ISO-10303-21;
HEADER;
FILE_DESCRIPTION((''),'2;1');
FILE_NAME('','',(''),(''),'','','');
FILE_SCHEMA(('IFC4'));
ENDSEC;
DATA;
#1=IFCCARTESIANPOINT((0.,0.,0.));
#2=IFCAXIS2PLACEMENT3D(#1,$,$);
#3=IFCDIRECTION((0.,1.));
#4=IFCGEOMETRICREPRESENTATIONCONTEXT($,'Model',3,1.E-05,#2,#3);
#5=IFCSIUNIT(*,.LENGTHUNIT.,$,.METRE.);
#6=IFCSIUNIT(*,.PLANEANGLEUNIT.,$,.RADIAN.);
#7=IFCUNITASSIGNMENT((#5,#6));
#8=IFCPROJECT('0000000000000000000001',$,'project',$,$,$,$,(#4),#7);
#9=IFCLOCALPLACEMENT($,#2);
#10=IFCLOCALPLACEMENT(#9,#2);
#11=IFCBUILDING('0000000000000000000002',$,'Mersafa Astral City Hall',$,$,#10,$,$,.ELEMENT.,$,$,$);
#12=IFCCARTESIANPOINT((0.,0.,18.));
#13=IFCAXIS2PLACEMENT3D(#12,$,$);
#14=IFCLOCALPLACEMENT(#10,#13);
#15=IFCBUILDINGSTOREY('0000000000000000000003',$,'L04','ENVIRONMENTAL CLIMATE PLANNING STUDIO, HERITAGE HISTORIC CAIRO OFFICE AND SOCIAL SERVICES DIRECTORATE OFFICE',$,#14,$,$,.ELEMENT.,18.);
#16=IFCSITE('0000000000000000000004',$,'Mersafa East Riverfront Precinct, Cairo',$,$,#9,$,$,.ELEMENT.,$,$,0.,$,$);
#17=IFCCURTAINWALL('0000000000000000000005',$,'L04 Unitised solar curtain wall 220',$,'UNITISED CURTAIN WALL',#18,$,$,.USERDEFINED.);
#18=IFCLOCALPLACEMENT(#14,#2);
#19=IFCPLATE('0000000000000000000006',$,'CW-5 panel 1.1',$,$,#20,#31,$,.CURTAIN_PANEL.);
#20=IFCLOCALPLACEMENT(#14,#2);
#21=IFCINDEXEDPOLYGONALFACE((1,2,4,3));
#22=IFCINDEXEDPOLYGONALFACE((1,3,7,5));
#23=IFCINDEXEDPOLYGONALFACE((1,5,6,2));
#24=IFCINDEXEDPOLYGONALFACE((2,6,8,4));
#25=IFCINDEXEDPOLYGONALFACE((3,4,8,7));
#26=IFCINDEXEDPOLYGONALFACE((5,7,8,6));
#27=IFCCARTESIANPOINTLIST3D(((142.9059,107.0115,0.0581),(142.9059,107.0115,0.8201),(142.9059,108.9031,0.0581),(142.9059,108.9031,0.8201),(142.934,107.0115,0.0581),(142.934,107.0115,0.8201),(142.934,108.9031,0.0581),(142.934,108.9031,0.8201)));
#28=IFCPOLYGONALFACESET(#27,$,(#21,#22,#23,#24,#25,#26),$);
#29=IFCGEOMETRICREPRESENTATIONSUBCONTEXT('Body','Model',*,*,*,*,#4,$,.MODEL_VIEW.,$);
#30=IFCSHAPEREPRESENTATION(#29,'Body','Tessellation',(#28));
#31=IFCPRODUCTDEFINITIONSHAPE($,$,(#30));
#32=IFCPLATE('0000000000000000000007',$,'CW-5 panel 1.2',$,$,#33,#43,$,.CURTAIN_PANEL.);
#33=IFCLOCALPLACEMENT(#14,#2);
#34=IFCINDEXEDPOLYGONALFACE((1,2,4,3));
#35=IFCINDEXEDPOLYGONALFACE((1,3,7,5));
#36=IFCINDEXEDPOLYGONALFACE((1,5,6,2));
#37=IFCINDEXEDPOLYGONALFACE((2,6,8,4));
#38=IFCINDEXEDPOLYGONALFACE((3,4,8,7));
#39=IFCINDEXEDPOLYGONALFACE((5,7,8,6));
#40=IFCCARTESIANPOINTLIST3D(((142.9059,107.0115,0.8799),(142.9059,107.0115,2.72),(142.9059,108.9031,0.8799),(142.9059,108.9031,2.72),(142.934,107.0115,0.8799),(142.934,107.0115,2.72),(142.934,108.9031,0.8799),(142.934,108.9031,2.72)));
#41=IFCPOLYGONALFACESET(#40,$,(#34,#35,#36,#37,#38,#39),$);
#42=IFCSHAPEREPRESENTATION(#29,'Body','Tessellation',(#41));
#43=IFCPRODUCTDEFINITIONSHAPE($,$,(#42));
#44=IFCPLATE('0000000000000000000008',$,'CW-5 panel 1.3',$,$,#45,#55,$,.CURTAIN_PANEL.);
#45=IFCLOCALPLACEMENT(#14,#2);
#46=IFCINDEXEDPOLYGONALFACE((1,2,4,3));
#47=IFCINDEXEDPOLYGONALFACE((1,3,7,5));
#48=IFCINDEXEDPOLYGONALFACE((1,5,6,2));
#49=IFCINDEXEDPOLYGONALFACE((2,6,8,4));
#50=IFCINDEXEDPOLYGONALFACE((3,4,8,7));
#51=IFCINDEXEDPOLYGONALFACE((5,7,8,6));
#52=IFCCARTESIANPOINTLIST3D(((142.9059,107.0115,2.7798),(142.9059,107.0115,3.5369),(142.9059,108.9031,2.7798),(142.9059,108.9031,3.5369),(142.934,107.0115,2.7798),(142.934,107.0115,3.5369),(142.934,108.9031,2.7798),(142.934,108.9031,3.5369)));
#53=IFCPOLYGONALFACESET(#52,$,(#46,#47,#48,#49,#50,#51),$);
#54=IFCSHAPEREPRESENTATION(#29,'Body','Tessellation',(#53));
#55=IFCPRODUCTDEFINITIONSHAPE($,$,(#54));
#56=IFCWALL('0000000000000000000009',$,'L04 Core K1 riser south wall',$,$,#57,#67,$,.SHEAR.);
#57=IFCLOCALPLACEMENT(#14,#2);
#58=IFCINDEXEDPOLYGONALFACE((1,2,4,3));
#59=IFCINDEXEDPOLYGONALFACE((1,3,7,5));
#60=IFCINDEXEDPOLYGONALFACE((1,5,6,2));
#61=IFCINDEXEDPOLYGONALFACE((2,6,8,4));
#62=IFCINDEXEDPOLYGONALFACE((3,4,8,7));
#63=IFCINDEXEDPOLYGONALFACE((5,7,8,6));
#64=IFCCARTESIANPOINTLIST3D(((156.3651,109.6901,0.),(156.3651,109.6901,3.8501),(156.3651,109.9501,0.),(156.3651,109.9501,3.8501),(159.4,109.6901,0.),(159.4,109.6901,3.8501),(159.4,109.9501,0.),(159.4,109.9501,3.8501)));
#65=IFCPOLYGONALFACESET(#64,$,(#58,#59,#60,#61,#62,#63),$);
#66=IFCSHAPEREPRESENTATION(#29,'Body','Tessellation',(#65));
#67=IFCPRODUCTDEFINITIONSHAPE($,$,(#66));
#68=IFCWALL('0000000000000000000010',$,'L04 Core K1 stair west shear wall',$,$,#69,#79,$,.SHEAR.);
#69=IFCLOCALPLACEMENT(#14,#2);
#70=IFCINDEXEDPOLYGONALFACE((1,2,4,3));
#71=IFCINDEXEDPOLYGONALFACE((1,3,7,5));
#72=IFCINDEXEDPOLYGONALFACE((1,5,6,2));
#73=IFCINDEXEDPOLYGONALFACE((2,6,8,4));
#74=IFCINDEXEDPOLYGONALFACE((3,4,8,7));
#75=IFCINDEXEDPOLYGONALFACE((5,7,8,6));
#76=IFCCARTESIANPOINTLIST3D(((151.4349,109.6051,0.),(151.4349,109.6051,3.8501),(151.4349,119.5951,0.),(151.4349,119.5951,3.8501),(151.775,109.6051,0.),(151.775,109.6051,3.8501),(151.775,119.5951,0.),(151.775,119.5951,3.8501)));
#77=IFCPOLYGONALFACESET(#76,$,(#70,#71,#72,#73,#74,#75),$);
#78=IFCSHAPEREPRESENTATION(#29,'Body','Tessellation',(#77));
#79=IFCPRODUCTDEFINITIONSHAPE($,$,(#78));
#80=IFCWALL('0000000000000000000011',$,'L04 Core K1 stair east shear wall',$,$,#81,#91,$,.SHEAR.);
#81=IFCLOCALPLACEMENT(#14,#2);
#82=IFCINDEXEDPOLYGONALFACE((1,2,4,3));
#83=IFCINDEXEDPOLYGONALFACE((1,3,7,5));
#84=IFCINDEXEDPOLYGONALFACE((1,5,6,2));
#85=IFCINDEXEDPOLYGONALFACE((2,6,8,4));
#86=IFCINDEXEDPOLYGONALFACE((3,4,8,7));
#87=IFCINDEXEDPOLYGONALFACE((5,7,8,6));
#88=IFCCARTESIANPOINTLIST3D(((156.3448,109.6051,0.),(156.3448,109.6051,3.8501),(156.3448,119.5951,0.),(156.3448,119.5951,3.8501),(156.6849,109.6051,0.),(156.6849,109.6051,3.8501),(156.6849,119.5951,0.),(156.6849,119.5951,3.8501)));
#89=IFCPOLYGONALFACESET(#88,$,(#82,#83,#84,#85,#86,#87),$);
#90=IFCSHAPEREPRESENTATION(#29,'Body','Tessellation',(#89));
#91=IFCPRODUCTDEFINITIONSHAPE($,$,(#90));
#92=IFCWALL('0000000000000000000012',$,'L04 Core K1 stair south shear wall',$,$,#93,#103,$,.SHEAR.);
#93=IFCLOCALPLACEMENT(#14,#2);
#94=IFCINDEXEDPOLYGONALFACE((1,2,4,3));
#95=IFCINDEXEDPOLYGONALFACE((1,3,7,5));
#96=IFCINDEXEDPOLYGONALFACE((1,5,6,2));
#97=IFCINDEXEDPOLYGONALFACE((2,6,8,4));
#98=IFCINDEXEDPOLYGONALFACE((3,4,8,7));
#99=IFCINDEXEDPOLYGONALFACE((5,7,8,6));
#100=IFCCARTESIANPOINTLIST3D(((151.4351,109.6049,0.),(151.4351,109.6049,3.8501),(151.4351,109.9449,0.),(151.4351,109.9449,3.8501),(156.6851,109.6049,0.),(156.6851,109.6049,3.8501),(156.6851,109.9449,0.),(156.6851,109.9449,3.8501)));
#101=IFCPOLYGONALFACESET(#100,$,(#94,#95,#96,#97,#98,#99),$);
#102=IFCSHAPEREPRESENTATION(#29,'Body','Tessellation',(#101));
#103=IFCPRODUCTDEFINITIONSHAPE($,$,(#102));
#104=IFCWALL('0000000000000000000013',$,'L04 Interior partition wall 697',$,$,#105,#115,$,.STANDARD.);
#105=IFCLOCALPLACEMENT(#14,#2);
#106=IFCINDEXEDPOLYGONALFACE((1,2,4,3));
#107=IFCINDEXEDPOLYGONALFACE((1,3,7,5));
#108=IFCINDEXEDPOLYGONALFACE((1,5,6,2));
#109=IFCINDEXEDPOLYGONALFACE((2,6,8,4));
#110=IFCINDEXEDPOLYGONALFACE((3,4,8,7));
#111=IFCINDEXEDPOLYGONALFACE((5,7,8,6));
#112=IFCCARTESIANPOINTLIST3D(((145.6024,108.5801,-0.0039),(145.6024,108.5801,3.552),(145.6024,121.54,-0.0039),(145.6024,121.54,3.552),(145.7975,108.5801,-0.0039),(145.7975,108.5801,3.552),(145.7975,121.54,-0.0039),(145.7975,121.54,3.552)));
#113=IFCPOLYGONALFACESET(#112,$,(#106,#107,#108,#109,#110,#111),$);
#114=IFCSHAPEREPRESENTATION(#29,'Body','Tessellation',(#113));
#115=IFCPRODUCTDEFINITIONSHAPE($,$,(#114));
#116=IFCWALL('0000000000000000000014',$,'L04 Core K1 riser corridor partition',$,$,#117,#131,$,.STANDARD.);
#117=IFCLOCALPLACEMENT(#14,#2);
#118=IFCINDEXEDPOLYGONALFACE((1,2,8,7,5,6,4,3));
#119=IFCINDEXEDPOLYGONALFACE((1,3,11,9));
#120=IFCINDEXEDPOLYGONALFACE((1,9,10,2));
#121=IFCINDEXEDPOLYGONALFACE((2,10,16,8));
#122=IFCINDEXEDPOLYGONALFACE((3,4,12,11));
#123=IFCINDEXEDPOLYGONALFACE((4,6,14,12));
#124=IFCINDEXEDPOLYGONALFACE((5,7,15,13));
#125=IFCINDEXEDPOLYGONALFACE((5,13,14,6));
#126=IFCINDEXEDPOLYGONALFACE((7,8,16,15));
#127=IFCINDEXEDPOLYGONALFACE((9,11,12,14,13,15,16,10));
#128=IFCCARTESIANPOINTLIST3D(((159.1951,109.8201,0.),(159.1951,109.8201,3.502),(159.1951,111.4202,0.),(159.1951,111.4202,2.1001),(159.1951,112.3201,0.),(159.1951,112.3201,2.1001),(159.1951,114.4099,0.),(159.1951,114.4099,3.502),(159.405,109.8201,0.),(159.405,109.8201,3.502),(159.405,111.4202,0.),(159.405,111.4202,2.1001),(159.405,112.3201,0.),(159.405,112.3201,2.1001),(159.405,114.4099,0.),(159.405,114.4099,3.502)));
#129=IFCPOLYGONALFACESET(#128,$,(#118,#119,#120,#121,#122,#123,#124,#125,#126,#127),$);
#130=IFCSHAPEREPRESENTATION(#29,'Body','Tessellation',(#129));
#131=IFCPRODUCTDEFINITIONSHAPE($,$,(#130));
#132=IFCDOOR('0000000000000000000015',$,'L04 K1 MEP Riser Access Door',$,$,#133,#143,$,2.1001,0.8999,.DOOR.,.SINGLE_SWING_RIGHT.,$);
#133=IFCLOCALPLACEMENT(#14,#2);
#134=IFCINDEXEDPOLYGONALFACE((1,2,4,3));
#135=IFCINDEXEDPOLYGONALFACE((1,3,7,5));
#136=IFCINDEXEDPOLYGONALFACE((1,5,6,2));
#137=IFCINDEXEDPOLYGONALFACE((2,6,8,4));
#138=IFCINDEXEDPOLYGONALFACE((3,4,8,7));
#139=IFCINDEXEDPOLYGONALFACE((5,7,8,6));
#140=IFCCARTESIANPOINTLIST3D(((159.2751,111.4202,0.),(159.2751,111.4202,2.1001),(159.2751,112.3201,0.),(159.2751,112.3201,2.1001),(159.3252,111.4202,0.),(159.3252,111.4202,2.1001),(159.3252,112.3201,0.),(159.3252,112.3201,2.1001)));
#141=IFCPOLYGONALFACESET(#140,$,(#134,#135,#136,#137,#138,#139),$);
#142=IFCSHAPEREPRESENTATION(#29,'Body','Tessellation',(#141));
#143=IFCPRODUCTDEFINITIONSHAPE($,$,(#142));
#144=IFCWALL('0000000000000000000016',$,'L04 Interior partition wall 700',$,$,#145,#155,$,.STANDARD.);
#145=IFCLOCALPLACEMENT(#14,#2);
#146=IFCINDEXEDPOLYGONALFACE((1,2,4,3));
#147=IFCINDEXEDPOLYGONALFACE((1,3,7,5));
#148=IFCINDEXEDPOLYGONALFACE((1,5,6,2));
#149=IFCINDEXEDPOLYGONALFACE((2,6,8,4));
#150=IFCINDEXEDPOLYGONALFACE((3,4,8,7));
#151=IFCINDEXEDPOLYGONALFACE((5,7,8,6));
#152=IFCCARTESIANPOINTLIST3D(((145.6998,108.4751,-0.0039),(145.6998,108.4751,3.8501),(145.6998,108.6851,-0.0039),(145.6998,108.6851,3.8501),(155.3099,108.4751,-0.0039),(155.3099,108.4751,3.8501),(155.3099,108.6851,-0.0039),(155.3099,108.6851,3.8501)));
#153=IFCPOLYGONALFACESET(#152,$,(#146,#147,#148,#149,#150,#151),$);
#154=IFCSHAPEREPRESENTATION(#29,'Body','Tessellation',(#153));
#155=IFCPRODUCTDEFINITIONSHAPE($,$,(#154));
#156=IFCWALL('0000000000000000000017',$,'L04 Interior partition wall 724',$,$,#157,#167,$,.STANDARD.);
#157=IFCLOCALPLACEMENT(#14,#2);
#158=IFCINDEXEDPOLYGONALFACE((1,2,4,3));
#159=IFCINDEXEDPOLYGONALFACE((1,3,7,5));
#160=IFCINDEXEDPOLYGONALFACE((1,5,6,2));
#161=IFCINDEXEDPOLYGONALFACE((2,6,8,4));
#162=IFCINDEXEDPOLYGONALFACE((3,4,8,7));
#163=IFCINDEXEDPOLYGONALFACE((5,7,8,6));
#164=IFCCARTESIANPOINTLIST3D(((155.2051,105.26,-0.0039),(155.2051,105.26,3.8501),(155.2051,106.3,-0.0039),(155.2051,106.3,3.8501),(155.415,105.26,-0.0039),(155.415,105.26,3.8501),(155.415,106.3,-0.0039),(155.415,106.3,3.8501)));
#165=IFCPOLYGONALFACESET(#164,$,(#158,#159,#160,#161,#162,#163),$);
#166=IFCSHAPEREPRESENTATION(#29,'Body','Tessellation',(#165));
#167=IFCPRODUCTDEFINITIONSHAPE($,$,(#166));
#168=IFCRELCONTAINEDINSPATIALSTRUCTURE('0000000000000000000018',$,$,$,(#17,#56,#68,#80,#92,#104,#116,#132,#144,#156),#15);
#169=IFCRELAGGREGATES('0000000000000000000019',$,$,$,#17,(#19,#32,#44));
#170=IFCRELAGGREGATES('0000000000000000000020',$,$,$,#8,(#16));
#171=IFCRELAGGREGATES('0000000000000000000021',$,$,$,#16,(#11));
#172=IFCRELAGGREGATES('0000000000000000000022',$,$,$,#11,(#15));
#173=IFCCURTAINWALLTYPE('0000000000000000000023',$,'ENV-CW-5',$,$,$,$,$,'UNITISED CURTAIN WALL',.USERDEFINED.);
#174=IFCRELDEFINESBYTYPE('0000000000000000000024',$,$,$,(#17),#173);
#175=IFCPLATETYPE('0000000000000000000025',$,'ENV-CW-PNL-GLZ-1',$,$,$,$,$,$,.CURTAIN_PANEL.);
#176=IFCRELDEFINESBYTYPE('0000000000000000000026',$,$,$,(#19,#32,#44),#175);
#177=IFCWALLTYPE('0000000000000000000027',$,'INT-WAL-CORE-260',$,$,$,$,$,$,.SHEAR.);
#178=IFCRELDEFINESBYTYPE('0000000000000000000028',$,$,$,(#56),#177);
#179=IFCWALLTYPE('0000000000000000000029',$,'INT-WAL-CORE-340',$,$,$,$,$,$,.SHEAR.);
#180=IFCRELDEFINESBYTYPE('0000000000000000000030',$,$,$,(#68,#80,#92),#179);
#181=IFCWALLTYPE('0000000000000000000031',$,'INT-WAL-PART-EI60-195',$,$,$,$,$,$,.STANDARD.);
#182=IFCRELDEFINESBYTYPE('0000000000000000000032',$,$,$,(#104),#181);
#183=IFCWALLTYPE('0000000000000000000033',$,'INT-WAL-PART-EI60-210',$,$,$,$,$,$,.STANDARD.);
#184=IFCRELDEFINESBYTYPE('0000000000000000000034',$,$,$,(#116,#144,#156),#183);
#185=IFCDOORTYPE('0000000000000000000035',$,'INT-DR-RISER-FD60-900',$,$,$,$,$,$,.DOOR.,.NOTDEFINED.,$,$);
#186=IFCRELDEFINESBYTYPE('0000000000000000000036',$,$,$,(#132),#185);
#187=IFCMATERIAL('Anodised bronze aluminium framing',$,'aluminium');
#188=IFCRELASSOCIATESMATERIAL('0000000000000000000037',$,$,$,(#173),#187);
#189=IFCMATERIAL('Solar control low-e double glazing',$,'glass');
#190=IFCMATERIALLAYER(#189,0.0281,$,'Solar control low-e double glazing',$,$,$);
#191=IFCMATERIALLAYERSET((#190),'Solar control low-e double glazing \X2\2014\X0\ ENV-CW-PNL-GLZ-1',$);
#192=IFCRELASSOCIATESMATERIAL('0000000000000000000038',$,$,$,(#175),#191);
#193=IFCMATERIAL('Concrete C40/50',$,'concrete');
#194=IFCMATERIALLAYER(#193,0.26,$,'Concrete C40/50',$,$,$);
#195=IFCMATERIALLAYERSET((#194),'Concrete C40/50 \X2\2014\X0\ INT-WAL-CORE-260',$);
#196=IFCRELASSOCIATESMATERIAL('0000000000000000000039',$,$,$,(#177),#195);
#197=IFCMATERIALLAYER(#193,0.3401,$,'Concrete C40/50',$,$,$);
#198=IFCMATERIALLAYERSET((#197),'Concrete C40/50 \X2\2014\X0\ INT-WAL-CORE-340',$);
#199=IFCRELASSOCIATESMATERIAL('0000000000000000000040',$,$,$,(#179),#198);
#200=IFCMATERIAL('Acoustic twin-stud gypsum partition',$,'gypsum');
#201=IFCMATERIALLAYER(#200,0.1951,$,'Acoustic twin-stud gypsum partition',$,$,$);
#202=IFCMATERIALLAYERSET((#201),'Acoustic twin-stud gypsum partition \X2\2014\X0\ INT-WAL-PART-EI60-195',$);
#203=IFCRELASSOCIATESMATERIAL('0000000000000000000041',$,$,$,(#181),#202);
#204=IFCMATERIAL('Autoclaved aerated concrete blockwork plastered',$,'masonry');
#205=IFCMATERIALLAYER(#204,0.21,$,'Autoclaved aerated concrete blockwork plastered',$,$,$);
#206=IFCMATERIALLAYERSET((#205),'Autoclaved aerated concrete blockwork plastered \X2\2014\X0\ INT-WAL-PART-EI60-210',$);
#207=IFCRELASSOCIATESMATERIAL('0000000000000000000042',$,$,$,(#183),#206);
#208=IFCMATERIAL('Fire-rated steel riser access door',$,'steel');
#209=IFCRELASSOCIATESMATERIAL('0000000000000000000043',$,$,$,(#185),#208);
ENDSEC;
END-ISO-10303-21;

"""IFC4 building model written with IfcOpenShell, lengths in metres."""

from ifc_helpers import new_model, si_unit, direction, frame, frame_2d, origin, origin_2d, place, context, subcontext, project, spatial, rectangle, extrude, material, layer, layer_set, type_object, element, fill, aggregate, save


model = new_model("IFC4")

# Units and contexts
model_context = context("Model", 3, precision=1e-05, world=origin(), true_north=direction((0.0, 1.0)))
body_context = subcontext(model_context, "Body", "Model", "MODEL_VIEW")
ifc_project = project(units=[si_unit("LENGTHUNIT", "METRE"), si_unit("PLANEANGLEUNIT", "RADIAN")], contexts=[model_context])

# Site, building, storey
site_placement = place(None, origin())
site = spatial("IfcSite", under=ifc_project, at=site_placement, Name="Mersafa East Riverfront Precinct, Cairo", CompositionType="ELEMENT", RefElevation=0.0)
building_placement = place(site_placement, origin())
building = spatial("IfcBuilding", under=site, at=building_placement, Name="Mersafa Astral City Hall", CompositionType="ELEMENT")
storey_placement = place(building_placement, frame((0.0, 0.0, 18.0)))
storey = spatial("IfcBuildingStorey", under=building, at=storey_placement, Name="L04", Description="ENVIRONMENTAL CLIMATE PLANNING STUDIO, HERITAGE HISTORIC CAIRO OFFICE AND SOCIAL SERVICES DIRECTORATE OFFICE", CompositionType="ELEMENT", Elevation=18.0)

# Curtain wall
ifc_material_1 = material(Name="Anodised bronze aluminium framing", Category="aluminium")
curtain_wall_type = type_object("IfcCurtainWallType", Name="ENV-CW-5", ElementType="UNITISED CURTAIN WALL", PredefinedType="USERDEFINED", material=ifc_material_1)
curtain_wall_placement = place(storey_placement, origin())
curtain_wall = element("IfcCurtainWall", 1, at=curtain_wall_placement, inside=storey, type_object=curtain_wall_type, Name="L04 Unitised solar curtain wall 220", ObjectType="UNITISED CURTAIN WALL", PredefinedType="USERDEFINED")

# Plates
ifc_material_2 = material(Name="Solar control low-e double glazing", Category="glass")
ifc_layer_1 = layer(ifc_material_2, 0.0281, Name="Solar control low-e double glazing")
ifc_layer_set_1 = layer_set([ifc_layer_1], Name="Solar control low-e double glazing — ENV-CW-PNL-GLZ-1")
plate_type = type_object("IfcPlateType", Name="ENV-CW-PNL-GLZ-1", PredefinedType="CURTAIN_PANEL", material=ifc_layer_set_1)
plate_1_placement = place(storey_placement, frame((142.9199, 107.9573, 0.0581), z_axis=(0.0, 0.0, 1.0), x_axis=(0.0, -1.0, 0.0)))
plate_1 = element("IfcPlate", 2, at=plate_1_placement, type_object=plate_type, Name="CW-5 panel 1.1", PredefinedType="CURTAIN_PANEL", context=body_context, shape_type="SweptSolid", body=[
    extrude(rectangle(XDim=1.8916, YDim=0.0281, at=origin_2d()), origin(), (0.0, 0.0, 1.0), 0.762),
])
plate_2_placement = place(storey_placement, frame((142.9199, 107.9573, 0.8799), z_axis=(0.0, 0.0, 1.0), x_axis=(0.0, -1.0, 0.0)))
plate_2 = element("IfcPlate", 3, at=plate_2_placement, type_object=plate_type, Name="CW-5 panel 1.2", PredefinedType="CURTAIN_PANEL", context=body_context, shape_type="SweptSolid", body=[
    extrude(rectangle(XDim=1.8916, YDim=0.0281, at=origin_2d()), origin(), (0.0, 0.0, 1.0), 1.8401),
])
plate_3_placement = place(storey_placement, frame((142.9199, 107.9573, 2.7798), z_axis=(0.0, 0.0, 1.0), x_axis=(0.0, -1.0, 0.0)))
plate_3 = element("IfcPlate", 4, at=plate_3_placement, type_object=plate_type, Name="CW-5 panel 1.3", PredefinedType="CURTAIN_PANEL", context=body_context, shape_type="SweptSolid", body=[
    extrude(rectangle(XDim=1.8916, YDim=0.0281, at=origin_2d()), origin(), (0.0, 0.0, 1.0), 0.7571),
])
aggregate(curtain_wall, [plate_1, plate_2, plate_3])

# Walls
ifc_material_3 = material(Name="Concrete C40/50", Category="concrete")
ifc_layer_2 = layer(ifc_material_3, 0.26, Name="Concrete C40/50")
ifc_layer_set_2 = layer_set([ifc_layer_2], Name="Concrete C40/50 — INT-WAL-CORE-260")
wall_type_1 = type_object("IfcWallType", Name="INT-WAL-CORE-260", PredefinedType="SHEAR", material=ifc_layer_set_2)
wall_1_placement = place(storey_placement, frame((156.365, 109.8201, 0.0), z_axis=(0.0, 0.0, 1.0), x_axis=(1.0, 0.0, 0.0)))
element("IfcWall", 5, at=wall_1_placement, inside=storey, type_object=wall_type_1, Name="L04 Core K1 riser south wall", PredefinedType="SHEAR", context=body_context, shape_type="SweptSolid", body=[
    extrude(rectangle(XDim=3.0349, YDim=0.26, at=frame_2d((1.5176, 0.0))), origin(), (0.0, 0.0, 1.0), 3.8501),
])
ifc_layer_3 = layer(ifc_material_3, 0.3401, Name="Concrete C40/50")
ifc_layer_set_3 = layer_set([ifc_layer_3], Name="Concrete C40/50 — INT-WAL-CORE-340")
wall_type_2 = type_object("IfcWallType", Name="INT-WAL-CORE-340", PredefinedType="SHEAR", material=ifc_layer_set_3)
for number, where, z_axis, x_axis, name in (
    (6, (151.605, 109.605, 0.0), (0.0, 0.0, 1.0), (0.0, 1.0, 0.0), "L04 Core K1 stair west shear wall"),
    (7, (156.5149, 109.605, 0.0), (0.0, 0.0, 1.0), (0.0, 1.0, 0.0), "L04 Core K1 stair east shear wall"),
):
    element("IfcWall", number, at=place(storey_placement, frame(where, z_axis=z_axis, x_axis=x_axis)), inside=storey, type_object=wall_type_2, Name=name, PredefinedType="SHEAR", context=body_context, shape_type="SweptSolid", body=[
        extrude(rectangle(XDim=9.99, YDim=0.3401, at=frame_2d((4.9951, 0.0))), origin(), (0.0, 0.0, 1.0), 3.8501),
    ])
wall_2_placement = place(storey_placement, frame((151.4351, 109.7749, 0.0), z_axis=(0.0, 0.0, 1.0), x_axis=(1.0, 0.0, 0.0)))
element("IfcWall", 8, at=wall_2_placement, inside=storey, type_object=wall_type_2, Name="L04 Core K1 stair south shear wall", PredefinedType="SHEAR", context=body_context, shape_type="SweptSolid", body=[
    extrude(rectangle(XDim=5.25, YDim=0.3401, at=frame_2d((2.625, 0.0))), origin(), (0.0, 0.0, 1.0), 3.8501),
])
ifc_material_4 = material(Name="Acoustic twin-stud gypsum partition", Category="gypsum")
ifc_layer_4 = layer(ifc_material_4, 0.1951, Name="Acoustic twin-stud gypsum partition")
ifc_layer_set_4 = layer_set([ifc_layer_4], Name="Acoustic twin-stud gypsum partition — INT-WAL-PART-EI60-195")
wall_type_3 = type_object("IfcWallType", Name="INT-WAL-PART-EI60-195", PredefinedType="STANDARD", material=ifc_layer_set_4)
wall_3_placement = place(storey_placement, frame((145.7, 108.5801, -0.0039), z_axis=(0.0, 0.0, 1.0), x_axis=(0.0, 1.0, 0.0)))
element("IfcWall", 9, at=wall_3_placement, inside=storey, type_object=wall_type_3, Name="L04 Interior partition wall 697", PredefinedType="STANDARD", context=body_context, shape_type="SweptSolid", body=[
    extrude(rectangle(XDim=12.96, YDim=0.1951, at=frame_2d((6.48, 0.0))), origin(), (0.0, 0.0, 1.0), 3.5559),
])

# Wall, opening, door
ifc_material_5 = material(Name="Autoclaved aerated concrete blockwork plastered", Category="masonry")
ifc_layer_5 = layer(ifc_material_5, 0.21, Name="Autoclaved aerated concrete blockwork plastered")
ifc_layer_set_5 = layer_set([ifc_layer_5], Name="Autoclaved aerated concrete blockwork plastered — INT-WAL-PART-EI60-210")
wall_type_4 = type_object("IfcWallType", Name="INT-WAL-PART-EI60-210", PredefinedType="STANDARD", material=ifc_layer_set_5)
wall_4_placement = place(storey_placement, frame((159.3, 109.8201, 0.0), z_axis=(0.0, 0.0, 1.0), x_axis=(0.0, 1.0, 0.0)))
wall_4 = element("IfcWall", 10, at=wall_4_placement, inside=storey, type_object=wall_type_4, Name="L04 Core K1 riser corridor partition", PredefinedType="STANDARD", context=body_context, shape_type="SweptSolid", body=[
    extrude(rectangle(XDim=4.5898, YDim=0.21, at=frame_2d((2.2949, 0.0))), origin(), (0.0, 0.0, 1.0), 3.502),
])
opening_placement = place(wall_4_placement, frame((1.6001, 0.0, 0.0)))
opening = element("IfcOpeningElement", 11, at=opening_placement, cuts=wall_4, PredefinedType="OPENING", context=body_context, shape_type="SweptSolid", body=[
    extrude(rectangle(XDim=0.8999, YDim=2.1001, at=frame_2d((0.45, 1.05))), frame((0.0, 0.115, 0.0), z_axis=(0.0, -1.0, 0.0), x_axis=(1.0, 0.0, 0.0)), (0.0, 0.0, 1.0), 0.23),
])
ifc_material_6 = material(Name="Fire-rated steel riser access door", Category="steel")
door_type = type_object("IfcDoorType", Name="INT-DR-RISER-FD60-900", OperationType="NOTDEFINED", PredefinedType="DOOR", material=ifc_material_6)
door_placement = place(opening_placement, origin())
door = element("IfcDoor", 12, at=door_placement, inside=storey, type_object=door_type, Name="L04 K1 MEP Riser Access Door", OperationType="SINGLE_SWING_RIGHT", OverallHeight=2.1001, OverallWidth=0.8999, PredefinedType="DOOR", context=body_context, shape_type="SweptSolid", body=[
    extrude(rectangle(XDim=0.8999, YDim=2.1001, at=frame_2d((0.45, 1.05))), frame((0.0, 0.0249, 0.0), z_axis=(0.0, -1.0, 0.0), x_axis=(1.0, 0.0, 0.0)), (0.0, 0.0, 1.0), 0.05),
])
fill(opening, door)

# Walls
wall_5_placement = place(storey_placement, frame((155.3101, 108.5801, -0.0039), z_axis=(0.0, 0.0, 1.0), x_axis=(-1.0, 0.0, 0.0)))
element("IfcWall", 13, at=wall_5_placement, inside=storey, type_object=wall_type_4, Name="L04 Interior partition wall 700", PredefinedType="STANDARD", context=body_context, shape_type="SweptSolid", body=[
    extrude(rectangle(XDim=9.6101, YDim=0.21, at=frame_2d((4.8052, 0.0))), origin(), (0.0, 0.0, 1.0), 3.854),
])
wall_6_placement = place(storey_placement, frame((155.3101, 106.3, -0.0039), z_axis=(0.0, 0.0, 1.0), x_axis=(0.0, -1.0, 0.0)))
element("IfcWall", 14, at=wall_6_placement, inside=storey, type_object=wall_type_4, Name="L04 Interior partition wall 724", PredefinedType="STANDARD", context=body_context, shape_type="SweptSolid", body=[
    extrude(rectangle(XDim=1.04, YDim=0.21, at=frame_2d((0.52, 0.0))), origin(), (0.0, 0.0, 1.0), 3.854),
])

save(model, "model.ifc")
